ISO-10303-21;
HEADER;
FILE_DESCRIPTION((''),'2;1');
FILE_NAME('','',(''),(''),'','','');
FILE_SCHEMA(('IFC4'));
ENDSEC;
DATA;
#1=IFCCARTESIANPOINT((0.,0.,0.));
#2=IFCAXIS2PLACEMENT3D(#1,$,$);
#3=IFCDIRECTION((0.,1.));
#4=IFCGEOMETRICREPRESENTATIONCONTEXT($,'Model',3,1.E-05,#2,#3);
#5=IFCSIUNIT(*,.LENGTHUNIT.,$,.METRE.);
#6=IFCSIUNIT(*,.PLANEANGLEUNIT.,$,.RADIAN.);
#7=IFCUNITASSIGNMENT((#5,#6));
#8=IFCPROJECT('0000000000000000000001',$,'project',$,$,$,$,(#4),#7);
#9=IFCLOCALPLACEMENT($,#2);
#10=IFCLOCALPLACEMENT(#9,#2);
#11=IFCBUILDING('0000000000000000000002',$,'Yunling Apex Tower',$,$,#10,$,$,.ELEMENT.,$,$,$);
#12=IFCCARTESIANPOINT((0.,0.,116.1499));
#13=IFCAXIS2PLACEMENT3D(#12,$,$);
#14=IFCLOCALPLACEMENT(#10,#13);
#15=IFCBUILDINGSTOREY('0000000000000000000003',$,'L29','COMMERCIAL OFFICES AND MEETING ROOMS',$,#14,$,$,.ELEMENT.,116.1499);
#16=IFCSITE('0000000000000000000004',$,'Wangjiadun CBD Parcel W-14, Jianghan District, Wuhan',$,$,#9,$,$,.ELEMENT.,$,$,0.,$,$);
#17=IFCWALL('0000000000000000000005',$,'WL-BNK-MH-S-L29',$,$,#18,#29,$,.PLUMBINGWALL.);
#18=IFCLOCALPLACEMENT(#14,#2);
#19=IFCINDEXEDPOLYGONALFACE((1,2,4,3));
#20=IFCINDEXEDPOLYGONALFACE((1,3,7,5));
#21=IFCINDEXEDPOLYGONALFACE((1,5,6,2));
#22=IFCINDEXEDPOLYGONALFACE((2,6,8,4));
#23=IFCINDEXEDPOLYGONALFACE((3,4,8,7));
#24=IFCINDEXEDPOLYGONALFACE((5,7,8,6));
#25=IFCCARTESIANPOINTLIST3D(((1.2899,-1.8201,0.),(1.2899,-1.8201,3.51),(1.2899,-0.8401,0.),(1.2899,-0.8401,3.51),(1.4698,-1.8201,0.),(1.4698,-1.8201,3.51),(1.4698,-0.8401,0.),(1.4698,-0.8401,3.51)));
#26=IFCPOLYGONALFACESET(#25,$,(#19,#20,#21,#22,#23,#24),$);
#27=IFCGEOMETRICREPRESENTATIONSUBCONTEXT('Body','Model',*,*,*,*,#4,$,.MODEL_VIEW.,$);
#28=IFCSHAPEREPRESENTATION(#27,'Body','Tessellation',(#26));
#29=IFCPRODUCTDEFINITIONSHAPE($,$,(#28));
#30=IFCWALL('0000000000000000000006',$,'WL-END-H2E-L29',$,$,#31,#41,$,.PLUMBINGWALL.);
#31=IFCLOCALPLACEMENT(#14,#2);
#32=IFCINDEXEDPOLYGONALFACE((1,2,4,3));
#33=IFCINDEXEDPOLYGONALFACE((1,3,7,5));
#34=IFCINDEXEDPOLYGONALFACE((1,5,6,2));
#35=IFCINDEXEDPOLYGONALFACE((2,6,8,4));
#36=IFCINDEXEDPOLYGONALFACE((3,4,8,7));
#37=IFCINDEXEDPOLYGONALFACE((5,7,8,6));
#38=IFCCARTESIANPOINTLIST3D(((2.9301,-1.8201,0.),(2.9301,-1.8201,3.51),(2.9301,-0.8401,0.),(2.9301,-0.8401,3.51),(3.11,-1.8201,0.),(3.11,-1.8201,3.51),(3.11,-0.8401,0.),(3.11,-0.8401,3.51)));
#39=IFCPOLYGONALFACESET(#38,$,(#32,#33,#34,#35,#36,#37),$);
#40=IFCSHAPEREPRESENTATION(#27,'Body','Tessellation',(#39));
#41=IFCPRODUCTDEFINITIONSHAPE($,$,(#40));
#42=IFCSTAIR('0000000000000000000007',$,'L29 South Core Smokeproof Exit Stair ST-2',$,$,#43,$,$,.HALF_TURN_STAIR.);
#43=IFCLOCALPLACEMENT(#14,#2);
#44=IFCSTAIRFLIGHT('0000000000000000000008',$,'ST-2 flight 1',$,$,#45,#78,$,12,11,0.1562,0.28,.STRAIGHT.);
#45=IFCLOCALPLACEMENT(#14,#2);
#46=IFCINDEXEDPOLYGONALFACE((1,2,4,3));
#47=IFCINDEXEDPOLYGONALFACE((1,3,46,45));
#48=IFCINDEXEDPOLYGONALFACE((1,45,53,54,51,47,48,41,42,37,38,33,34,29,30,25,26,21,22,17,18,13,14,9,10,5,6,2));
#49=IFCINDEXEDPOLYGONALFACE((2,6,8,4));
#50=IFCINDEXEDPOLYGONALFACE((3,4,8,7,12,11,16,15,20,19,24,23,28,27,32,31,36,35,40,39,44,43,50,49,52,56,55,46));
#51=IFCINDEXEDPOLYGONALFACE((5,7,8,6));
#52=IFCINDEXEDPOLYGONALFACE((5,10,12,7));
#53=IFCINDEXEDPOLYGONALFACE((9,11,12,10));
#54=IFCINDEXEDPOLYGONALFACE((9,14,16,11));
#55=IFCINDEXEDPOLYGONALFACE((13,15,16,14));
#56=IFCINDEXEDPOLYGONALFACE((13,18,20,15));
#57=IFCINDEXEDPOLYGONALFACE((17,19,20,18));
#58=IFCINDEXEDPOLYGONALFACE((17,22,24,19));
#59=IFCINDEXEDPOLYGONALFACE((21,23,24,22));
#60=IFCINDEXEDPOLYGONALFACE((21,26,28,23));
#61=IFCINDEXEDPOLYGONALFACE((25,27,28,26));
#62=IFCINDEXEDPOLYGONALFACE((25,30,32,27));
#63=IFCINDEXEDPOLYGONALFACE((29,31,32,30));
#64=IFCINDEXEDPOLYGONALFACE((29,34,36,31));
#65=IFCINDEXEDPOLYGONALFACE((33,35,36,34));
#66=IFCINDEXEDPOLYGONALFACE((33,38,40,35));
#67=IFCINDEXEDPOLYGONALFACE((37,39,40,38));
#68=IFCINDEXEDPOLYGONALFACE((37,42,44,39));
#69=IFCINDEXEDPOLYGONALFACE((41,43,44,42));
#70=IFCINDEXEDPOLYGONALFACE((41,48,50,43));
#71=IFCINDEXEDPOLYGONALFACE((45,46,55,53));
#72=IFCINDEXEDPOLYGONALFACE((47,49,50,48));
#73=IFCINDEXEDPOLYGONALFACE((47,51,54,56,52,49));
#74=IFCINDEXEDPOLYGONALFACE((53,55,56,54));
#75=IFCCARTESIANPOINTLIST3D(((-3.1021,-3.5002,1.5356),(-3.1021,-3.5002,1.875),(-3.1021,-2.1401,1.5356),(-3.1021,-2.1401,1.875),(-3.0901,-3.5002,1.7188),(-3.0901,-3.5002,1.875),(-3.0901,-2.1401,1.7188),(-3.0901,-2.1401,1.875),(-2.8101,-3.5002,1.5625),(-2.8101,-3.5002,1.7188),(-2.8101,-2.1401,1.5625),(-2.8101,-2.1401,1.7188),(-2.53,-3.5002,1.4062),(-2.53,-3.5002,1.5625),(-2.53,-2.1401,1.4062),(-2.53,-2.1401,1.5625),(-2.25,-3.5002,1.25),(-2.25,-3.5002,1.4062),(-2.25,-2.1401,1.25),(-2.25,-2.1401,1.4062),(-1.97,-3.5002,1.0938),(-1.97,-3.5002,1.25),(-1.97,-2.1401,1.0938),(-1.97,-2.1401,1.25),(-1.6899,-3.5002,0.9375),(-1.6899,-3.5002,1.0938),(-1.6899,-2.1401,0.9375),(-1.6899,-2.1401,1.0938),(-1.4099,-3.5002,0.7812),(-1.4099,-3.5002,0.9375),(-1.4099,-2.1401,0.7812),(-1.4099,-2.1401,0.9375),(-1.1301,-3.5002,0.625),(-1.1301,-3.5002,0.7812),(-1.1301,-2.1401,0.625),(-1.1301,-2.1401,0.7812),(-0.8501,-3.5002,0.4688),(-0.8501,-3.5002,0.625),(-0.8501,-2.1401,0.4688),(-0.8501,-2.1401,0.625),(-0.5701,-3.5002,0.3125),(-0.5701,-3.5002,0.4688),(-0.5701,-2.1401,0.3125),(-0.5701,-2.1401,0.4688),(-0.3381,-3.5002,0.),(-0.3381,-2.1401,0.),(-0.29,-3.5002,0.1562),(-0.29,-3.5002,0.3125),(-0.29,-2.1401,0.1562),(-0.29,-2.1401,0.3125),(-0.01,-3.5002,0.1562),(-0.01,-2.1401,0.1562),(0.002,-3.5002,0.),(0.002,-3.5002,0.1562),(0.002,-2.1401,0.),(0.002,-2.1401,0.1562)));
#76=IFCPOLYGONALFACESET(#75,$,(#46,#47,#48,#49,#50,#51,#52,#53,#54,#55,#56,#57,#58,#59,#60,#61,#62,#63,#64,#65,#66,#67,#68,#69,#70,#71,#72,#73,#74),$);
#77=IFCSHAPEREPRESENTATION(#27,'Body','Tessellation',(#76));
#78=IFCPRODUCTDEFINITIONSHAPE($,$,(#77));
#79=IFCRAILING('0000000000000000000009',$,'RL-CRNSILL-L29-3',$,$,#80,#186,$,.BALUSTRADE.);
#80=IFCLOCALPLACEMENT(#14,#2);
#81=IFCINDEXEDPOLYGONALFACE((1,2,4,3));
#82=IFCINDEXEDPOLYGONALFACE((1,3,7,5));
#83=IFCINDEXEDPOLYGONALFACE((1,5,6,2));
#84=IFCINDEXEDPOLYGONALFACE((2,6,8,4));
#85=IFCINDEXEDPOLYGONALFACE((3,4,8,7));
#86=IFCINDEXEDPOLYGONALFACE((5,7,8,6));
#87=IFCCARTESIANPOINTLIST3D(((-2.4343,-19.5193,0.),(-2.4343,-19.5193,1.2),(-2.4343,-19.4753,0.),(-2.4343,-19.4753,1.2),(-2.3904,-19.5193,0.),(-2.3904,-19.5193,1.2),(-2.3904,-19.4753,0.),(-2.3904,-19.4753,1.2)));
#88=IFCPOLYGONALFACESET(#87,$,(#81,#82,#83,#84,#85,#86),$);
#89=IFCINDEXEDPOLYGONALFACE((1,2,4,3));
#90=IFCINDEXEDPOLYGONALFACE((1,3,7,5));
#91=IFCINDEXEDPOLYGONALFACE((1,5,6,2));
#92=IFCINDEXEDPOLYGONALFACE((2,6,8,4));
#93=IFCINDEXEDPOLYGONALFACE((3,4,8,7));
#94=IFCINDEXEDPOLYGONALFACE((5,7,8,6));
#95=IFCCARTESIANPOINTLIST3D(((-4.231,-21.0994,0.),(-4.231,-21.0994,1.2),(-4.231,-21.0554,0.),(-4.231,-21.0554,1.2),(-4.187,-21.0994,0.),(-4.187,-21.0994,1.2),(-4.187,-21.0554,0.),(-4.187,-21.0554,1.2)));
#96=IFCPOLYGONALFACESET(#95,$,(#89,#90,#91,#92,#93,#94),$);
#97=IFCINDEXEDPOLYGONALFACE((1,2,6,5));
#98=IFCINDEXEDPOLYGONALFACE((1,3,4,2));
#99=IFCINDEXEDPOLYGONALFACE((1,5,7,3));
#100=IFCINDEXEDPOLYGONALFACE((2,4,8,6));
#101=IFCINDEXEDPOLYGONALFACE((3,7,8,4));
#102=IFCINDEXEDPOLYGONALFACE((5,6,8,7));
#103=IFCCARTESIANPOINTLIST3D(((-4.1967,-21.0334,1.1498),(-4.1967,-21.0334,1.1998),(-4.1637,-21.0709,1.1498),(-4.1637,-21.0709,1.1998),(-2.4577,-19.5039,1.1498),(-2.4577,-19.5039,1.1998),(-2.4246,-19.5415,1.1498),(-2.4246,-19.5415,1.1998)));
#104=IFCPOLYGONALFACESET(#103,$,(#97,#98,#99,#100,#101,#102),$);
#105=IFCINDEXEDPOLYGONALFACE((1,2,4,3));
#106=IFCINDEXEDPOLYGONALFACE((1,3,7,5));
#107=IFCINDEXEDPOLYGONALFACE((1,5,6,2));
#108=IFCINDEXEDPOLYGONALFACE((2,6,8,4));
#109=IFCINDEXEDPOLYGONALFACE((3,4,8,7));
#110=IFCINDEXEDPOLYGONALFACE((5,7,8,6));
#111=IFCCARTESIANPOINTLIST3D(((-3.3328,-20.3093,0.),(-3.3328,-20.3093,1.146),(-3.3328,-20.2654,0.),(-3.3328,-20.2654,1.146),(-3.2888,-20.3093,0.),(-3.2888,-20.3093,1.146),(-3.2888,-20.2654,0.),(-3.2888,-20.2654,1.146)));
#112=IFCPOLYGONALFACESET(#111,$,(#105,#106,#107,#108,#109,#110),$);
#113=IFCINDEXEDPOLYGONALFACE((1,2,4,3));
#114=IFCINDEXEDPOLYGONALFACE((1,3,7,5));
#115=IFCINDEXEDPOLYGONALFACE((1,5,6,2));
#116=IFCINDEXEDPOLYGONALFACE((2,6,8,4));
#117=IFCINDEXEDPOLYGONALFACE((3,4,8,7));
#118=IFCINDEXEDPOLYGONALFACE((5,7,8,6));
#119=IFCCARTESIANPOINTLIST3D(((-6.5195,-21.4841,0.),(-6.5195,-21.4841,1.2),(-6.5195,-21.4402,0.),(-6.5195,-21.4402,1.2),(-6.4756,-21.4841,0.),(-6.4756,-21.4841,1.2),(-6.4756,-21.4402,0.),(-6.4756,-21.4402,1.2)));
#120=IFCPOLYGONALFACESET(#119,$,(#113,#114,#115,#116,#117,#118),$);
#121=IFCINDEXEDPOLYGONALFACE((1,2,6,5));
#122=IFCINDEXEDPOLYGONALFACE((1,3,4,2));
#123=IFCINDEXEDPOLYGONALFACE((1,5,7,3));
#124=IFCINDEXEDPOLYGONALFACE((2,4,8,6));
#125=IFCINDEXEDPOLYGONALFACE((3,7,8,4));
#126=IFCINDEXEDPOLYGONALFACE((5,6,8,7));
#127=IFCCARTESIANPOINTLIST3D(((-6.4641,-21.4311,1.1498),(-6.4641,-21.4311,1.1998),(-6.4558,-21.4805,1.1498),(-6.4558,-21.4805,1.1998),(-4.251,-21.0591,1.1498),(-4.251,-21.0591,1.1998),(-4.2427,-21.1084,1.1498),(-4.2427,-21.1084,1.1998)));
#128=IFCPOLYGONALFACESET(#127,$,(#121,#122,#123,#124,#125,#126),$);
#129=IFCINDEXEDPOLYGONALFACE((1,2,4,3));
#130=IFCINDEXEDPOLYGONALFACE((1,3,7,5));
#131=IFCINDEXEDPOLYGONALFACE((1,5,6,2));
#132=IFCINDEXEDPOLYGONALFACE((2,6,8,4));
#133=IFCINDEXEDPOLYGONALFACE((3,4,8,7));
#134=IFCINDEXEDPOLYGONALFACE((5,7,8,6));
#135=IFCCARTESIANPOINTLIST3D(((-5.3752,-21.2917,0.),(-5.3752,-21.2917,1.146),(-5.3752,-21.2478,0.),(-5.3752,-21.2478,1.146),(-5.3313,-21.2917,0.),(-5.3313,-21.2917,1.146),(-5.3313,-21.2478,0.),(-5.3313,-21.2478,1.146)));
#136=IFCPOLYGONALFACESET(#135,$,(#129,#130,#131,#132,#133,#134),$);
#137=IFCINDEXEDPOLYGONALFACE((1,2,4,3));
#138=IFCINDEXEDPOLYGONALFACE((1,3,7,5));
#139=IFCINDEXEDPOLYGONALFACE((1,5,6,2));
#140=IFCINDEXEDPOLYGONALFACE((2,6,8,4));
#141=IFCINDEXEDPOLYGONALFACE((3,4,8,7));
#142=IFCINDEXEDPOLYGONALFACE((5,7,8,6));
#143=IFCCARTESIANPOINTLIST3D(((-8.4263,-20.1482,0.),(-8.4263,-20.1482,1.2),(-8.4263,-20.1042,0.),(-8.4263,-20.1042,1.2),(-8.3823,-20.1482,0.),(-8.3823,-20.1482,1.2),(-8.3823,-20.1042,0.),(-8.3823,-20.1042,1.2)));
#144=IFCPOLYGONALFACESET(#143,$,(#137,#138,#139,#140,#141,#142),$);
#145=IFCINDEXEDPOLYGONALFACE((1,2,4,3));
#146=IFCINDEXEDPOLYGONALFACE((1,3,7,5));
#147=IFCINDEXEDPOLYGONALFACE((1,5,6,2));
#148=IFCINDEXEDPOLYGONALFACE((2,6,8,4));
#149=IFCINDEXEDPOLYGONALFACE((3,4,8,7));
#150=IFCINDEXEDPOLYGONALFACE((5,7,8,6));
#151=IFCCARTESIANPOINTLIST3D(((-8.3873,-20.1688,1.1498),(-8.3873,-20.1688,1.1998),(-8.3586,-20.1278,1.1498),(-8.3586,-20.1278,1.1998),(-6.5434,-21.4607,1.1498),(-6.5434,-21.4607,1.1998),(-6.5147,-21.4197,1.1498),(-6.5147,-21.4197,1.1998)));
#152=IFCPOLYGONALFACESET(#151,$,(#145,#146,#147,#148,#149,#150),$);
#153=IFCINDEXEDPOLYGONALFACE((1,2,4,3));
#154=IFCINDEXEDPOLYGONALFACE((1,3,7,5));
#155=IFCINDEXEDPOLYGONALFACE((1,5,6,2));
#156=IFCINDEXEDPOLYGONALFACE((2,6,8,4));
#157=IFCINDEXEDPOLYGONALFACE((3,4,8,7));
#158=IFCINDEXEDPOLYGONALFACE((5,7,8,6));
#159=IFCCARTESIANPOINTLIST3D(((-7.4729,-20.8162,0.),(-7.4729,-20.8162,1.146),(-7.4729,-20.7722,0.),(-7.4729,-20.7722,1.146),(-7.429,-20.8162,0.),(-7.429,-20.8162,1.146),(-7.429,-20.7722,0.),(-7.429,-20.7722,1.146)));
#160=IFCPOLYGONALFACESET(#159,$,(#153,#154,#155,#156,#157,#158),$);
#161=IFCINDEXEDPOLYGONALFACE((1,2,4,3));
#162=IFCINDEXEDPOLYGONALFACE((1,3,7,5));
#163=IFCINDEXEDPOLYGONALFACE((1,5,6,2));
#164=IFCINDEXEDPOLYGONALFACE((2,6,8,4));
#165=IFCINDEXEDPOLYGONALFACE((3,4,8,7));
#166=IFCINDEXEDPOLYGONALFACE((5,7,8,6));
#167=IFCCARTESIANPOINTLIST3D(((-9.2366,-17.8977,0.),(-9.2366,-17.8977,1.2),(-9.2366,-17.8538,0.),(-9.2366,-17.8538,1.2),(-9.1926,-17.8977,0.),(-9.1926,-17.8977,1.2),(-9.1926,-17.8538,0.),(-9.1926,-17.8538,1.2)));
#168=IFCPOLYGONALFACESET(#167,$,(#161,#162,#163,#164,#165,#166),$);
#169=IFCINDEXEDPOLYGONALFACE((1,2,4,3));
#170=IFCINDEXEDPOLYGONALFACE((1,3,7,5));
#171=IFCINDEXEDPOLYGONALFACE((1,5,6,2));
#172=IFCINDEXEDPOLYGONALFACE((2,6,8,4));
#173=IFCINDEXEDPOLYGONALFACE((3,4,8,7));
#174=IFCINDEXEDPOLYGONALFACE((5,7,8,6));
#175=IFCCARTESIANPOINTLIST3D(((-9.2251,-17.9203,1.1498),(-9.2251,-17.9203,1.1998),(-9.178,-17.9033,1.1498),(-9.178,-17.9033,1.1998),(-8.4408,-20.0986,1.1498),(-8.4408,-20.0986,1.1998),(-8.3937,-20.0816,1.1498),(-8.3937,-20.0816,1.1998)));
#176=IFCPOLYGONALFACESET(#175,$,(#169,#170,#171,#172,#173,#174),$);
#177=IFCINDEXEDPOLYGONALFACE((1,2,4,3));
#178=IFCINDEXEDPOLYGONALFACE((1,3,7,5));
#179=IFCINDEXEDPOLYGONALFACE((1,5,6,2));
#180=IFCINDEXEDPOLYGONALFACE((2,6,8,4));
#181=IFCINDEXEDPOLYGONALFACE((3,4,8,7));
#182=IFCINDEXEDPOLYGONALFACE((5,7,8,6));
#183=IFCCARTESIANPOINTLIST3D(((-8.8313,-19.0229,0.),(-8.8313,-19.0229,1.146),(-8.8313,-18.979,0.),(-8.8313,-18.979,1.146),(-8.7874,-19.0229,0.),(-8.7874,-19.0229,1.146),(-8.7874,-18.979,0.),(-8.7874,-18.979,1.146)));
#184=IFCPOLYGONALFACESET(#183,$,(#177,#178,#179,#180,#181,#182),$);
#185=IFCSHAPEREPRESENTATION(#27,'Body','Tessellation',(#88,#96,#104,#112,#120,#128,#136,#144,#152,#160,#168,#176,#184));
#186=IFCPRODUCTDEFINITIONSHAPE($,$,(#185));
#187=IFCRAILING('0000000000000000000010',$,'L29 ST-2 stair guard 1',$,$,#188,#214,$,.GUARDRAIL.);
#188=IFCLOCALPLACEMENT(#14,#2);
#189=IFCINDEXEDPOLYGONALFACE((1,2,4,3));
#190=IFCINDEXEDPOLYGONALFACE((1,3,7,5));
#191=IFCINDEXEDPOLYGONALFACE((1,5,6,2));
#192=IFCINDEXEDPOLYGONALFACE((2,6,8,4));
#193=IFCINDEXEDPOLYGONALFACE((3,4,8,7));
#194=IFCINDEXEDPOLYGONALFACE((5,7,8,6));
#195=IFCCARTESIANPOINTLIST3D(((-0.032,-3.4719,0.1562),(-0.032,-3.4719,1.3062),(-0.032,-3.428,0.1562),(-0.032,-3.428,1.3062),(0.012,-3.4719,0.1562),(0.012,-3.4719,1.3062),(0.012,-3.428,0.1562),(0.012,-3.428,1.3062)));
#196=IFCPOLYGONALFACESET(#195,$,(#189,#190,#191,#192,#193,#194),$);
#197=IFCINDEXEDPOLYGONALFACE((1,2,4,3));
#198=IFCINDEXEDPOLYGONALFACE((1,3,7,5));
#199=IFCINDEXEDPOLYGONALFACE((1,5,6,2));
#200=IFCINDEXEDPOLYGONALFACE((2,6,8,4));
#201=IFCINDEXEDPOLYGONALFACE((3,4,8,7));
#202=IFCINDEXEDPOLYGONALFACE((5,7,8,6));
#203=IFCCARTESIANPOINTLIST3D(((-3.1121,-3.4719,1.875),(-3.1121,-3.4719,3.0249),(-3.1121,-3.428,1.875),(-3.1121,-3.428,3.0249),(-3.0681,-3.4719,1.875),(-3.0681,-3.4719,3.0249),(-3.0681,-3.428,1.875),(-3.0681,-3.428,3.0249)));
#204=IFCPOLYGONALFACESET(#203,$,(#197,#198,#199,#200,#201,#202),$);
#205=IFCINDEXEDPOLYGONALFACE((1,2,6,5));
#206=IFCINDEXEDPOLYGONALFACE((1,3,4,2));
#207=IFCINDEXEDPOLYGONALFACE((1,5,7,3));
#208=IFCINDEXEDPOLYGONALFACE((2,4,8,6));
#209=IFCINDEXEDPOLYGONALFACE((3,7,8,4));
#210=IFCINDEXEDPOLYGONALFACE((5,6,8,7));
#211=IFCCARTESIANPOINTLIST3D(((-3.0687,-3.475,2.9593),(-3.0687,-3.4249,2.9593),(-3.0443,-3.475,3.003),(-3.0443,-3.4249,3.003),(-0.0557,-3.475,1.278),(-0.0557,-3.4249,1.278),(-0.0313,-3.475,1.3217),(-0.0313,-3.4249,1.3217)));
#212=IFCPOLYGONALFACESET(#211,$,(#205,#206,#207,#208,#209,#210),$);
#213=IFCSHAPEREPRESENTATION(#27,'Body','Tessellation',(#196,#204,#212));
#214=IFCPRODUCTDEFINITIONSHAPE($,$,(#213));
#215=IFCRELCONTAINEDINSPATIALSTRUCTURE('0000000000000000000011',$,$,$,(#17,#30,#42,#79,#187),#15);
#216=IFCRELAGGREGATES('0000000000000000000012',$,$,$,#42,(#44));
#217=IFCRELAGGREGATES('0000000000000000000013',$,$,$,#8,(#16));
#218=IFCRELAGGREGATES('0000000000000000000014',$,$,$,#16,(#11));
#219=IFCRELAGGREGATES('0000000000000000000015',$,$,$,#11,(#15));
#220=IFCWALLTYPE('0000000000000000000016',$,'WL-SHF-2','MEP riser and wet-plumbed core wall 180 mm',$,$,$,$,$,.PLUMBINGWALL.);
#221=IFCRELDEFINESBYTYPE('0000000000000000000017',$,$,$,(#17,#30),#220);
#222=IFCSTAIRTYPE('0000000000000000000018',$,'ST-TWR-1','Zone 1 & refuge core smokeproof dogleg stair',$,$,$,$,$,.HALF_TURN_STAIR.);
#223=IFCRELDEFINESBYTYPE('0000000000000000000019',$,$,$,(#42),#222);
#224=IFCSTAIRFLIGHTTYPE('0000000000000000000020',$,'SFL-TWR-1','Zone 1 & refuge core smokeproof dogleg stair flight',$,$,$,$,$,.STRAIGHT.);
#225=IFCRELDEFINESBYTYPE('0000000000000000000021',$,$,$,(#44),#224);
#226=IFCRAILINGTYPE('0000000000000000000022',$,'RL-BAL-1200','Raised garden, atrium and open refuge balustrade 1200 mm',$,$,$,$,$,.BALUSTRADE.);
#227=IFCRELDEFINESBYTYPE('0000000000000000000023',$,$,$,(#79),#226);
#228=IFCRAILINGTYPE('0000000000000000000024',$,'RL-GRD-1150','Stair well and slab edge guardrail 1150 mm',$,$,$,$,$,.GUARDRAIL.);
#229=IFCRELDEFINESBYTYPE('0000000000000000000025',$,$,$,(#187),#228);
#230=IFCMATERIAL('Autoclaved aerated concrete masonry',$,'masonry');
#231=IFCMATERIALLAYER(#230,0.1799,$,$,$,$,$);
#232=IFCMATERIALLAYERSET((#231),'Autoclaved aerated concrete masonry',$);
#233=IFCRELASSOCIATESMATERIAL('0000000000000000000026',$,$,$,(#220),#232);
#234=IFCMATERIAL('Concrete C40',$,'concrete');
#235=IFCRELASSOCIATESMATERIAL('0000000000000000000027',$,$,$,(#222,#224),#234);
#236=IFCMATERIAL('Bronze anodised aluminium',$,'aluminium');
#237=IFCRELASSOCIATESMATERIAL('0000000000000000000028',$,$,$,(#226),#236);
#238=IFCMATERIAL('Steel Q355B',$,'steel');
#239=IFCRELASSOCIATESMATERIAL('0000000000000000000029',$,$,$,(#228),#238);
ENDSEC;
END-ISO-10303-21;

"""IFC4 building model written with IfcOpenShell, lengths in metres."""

from ifc_helpers import new_model, si_unit, direction, frame, frame_2d, origin, origin_2d, place, context, subcontext, project, spatial, polyline, rectangle, outline, extrude, material, layer, layer_set, type_object, element, aggregate, save


model = new_model("IFC4")

# Units and contexts
model_context = context("Model", 3, precision=1e-05, world=origin(), true_north=direction((0.0, 1.0)))
body_context = subcontext(model_context, "Body", "Model", "MODEL_VIEW")
ifc_project = project(units=[si_unit("LENGTHUNIT", "METRE"), si_unit("PLANEANGLEUNIT", "RADIAN")], contexts=[model_context])

# Site, building, storey
site_placement = place(None, origin())
site = spatial("IfcSite", under=ifc_project, at=site_placement, Name="Wangjiadun CBD Parcel W-14, Jianghan District, Wuhan", CompositionType="ELEMENT", RefElevation=0.0)
building_placement = place(site_placement, origin())
building = spatial("IfcBuilding", under=site, at=building_placement, Name="Yunling Apex Tower", CompositionType="ELEMENT")
storey_placement = place(building_placement, frame((0.0, 0.0, 116.1499)))
storey = spatial("IfcBuildingStorey", under=building, at=storey_placement, Name="L29", Description="COMMERCIAL OFFICES AND MEETING ROOMS", CompositionType="ELEMENT", Elevation=116.1499)

# Shared definitions
ifc_material_1 = material(Name="Steel Q355B", Category="steel")

# Shared definitions
ifc_material_2 = material(Name="Bronze anodised aluminium", Category="aluminium")

# Shared definitions
ifc_material_3 = material(Name="Concrete C40", Category="concrete")

# Shared definitions
ifc_material_4 = material(Name="Autoclaved aerated concrete masonry", Category="masonry")

# Walls
ifc_layer_1 = layer(ifc_material_4, 0.1799)
ifc_layer_set_1 = layer_set([ifc_layer_1], Name="Autoclaved aerated concrete masonry")
wall_type_1 = type_object("IfcWallType", Name="WL-SHF-2", Description="MEP riser and wet-plumbed core wall 180 mm", PredefinedType="PLUMBINGWALL", material=ifc_layer_set_1)
for number, where, z_axis, x_axis, name in (
    (1, (1.3799, -1.8201, 0.0), (0.0, 0.0, 1.0), (0.0, 1.0, 0.0), "WL-BNK-MH-S-L29"),
    (2, (3.02, -1.8201, 0.0), (0.0, 0.0, 1.0), (0.0, 1.0, 0.0), "WL-END-H2E-L29"),
):
    element("IfcWall", number, at=place(storey_placement, frame(where, z_axis=z_axis, x_axis=x_axis)), inside=storey, type_object=wall_type_1, Name=name, PredefinedType="PLUMBINGWALL", context=body_context, shape_type="SweptSolid", body=[
        extrude(rectangle(XDim=0.98, YDim=0.1799, at=frame_2d((0.49, 0.0))), origin(), (0.0, 0.0, 1.0), 3.51),
    ])

# Stair, stair flight
stair_type = type_object("IfcStairType", Name="ST-TWR-1", Description="Zone 1 & refuge core smokeproof dogleg stair", PredefinedType="HALF_TURN_STAIR", material=ifc_material_3)
stair_placement = place(storey_placement, origin())
stair = element("IfcStair", 3, at=stair_placement, inside=storey, type_object=stair_type, Name="L29 South Core Smokeproof Exit Stair ST-2", PredefinedType="HALF_TURN_STAIR")
stair_flight_type = type_object("IfcStairFlightType", Name="SFL-TWR-1", Description="Zone 1 & refuge core smokeproof dogleg stair flight", PredefinedType="STRAIGHT", material=ifc_material_3)
stair_flight_placement = place(storey_placement, frame((-0.01, -2.8201, 0.0), z_axis=(0.0, 0.0, 1.0), x_axis=(-1.0, 0.0, 0.0)))
stair_flight = element("IfcStairFlight", 4, at=stair_flight_placement, type_object=stair_flight_type, Name="ST-2 flight 1", NumberOfRisers=12, NumberOfTreads=11, PredefinedType="STRAIGHT", RiserHeight=0.1562, TreadLength=0.28, context=body_context, shape_type="SweptSolid", body=[
    extrude(outline(polyline([(-0.012, 0.0), (-0.012, 0.1562), (0.0, 0.1562), (0.28, 0.1562), (0.28, 0.3125), (0.5601, 0.3125), (0.5601, 0.4688), (0.8401, 0.4688), (0.8401, 0.625), (1.1201, 0.625), (1.1201, 0.7812), (1.3999, 0.7812), (1.3999, 0.9375), (1.6799, 0.9375), (1.6799, 1.0938), (1.96, 1.0938), (1.96, 1.25), (2.24, 1.25), (2.24, 1.4062), (2.52, 1.4062), (2.52, 1.5625), (2.8, 1.5625), (2.8, 1.7188), (3.0801, 1.7188), (3.0801, 1.875), (3.092, 1.875), (3.092, 1.5356), (0.3281, 0.0), (-0.012, 0.0)])), frame((0.0, 0.6802, 0.0), z_axis=(0.0, -1.0, 0.0), x_axis=(1.0, 0.0, 0.0)), (0.0, 0.0, 1.0), 1.3601),
])
aggregate(stair, [stair_flight])

# Railings
railing_type_1 = type_object("IfcRailingType", Name="RL-BAL-1200", Description="Raised garden, atrium and open refuge balustrade 1200 mm", PredefinedType="BALUSTRADE", material=ifc_material_2)
railing_1_placement = place(storey_placement, frame((-2.4124, -19.4973, 0.0)))
element("IfcRailing", 5, at=railing_1_placement, inside=storey, type_object=railing_type_1, Name="RL-CRNSILL-L29-3", PredefinedType="BALUSTRADE", context=body_context, shape_type="SweptSolid", body=[
    extrude(rectangle(XDim=0.0439, YDim=0.0439, at=origin_2d()), origin(), (0.0, 0.0, 1.0), 1.2),
    extrude(rectangle(XDim=0.0439, YDim=0.0439, at=origin_2d()), frame((-1.7966, -1.5801, 0.0)), (0.0, 0.0, 1.0), 1.2),
    extrude(rectangle(XDim=0.05, YDim=0.05, at=origin_2d()), frame((-0.0288, -0.0254, 1.1748), z_axis=(-0.750912, -0.660402, 0.0), x_axis=(0.660402, -0.750912, 0.0)), (0.0, 0.0, 1.0), 2.3159),
    extrude(rectangle(XDim=0.0439, YDim=0.0439, at=origin_2d()), frame((-0.8984, -0.79, 0.0)), (0.0, 0.0, 1.0), 1.146),
    extrude(rectangle(XDim=0.0439, YDim=0.0439, at=origin_2d()), frame((-4.0852, -1.9648, 0.0)), (0.0, 0.0, 1.0), 1.2),
    extrude(rectangle(XDim=0.05, YDim=0.05, at=origin_2d()), frame((-1.8345, -1.5864, 1.1748), z_axis=(-0.98616, -0.165798, 0.0), x_axis=(0.165798, -0.98616, 0.0)), (0.0, 0.0, 1.0), 2.2441),
    extrude(rectangle(XDim=0.0439, YDim=0.0439, at=origin_2d()), frame((-2.9409, -1.7725, 0.0)), (0.0, 0.0, 1.0), 1.146),
    extrude(rectangle(XDim=0.0439, YDim=0.0439, at=origin_2d()), frame((-5.9919, -0.6289, 0.0)), (0.0, 0.0, 1.0), 1.2),
    extrude(rectangle(XDim=0.05, YDim=0.05, at=origin_2d()), frame((-4.1167, -1.9429, 1.1748), z_axis=(-0.818986, 0.573814, 0.0), x_axis=(-0.573814, -0.818986, 0.0)), (0.0, 0.0, 1.0), 2.2515),
    extrude(rectangle(XDim=0.0439, YDim=0.0439, at=origin_2d()), frame((-5.0386, -1.2969, 0.0)), (0.0, 0.0, 1.0), 1.146),
    extrude(rectangle(XDim=0.0439, YDim=0.0439, at=origin_2d()), frame((-6.8022, 1.6216, 0.0)), (0.0, 0.0, 1.0), 1.2),
    extrude(rectangle(XDim=0.05, YDim=0.05, at=origin_2d()), frame((-6.0049, -0.5928, 1.1748), z_axis=(-0.338766, 0.94087, 0.0), x_axis=(-0.94087, -0.338766, 0.0)), (0.0, 0.0, 1.0), 2.3152),
    extrude(rectangle(XDim=0.0439, YDim=0.0439, at=origin_2d()), frame((-6.397, 0.4963, 0.0)), (0.0, 0.0, 1.0), 1.146),
])
railing_type_2 = type_object("IfcRailingType", Name="RL-GRD-1150", Description="Stair well and slab edge guardrail 1150 mm", PredefinedType="GUARDRAIL", material=ifc_material_1)
railing_2_placement = place(storey_placement, frame((-0.01, -3.45, 0.1562)))
element("IfcRailing", 6, at=railing_2_placement, inside=storey, type_object=railing_type_2, Name="L29 ST-2 stair guard 1", PredefinedType="GUARDRAIL", context=body_context, shape_type="SweptSolid", body=[
    extrude(rectangle(XDim=0.0439, YDim=0.0439, at=origin_2d()), origin(), (0.0, 0.0, 1.0), 1.1499),
    extrude(rectangle(XDim=0.0439, YDim=0.0439, at=origin_2d()), frame((-3.0801, 0.0, 1.7188)), (0.0, 0.0, 1.0), 1.1499),
    extrude(rectangle(XDim=0.05, YDim=0.05, at=origin_2d()), frame((-0.0334, 0.0, 1.1436), z_axis=(-0.873242, 0.0, 0.487288), x_axis=(0.0, -1.0, 0.0)), (0.0, 0.0, 1.0), 3.4504),
])

save(model, "model.ifc")
